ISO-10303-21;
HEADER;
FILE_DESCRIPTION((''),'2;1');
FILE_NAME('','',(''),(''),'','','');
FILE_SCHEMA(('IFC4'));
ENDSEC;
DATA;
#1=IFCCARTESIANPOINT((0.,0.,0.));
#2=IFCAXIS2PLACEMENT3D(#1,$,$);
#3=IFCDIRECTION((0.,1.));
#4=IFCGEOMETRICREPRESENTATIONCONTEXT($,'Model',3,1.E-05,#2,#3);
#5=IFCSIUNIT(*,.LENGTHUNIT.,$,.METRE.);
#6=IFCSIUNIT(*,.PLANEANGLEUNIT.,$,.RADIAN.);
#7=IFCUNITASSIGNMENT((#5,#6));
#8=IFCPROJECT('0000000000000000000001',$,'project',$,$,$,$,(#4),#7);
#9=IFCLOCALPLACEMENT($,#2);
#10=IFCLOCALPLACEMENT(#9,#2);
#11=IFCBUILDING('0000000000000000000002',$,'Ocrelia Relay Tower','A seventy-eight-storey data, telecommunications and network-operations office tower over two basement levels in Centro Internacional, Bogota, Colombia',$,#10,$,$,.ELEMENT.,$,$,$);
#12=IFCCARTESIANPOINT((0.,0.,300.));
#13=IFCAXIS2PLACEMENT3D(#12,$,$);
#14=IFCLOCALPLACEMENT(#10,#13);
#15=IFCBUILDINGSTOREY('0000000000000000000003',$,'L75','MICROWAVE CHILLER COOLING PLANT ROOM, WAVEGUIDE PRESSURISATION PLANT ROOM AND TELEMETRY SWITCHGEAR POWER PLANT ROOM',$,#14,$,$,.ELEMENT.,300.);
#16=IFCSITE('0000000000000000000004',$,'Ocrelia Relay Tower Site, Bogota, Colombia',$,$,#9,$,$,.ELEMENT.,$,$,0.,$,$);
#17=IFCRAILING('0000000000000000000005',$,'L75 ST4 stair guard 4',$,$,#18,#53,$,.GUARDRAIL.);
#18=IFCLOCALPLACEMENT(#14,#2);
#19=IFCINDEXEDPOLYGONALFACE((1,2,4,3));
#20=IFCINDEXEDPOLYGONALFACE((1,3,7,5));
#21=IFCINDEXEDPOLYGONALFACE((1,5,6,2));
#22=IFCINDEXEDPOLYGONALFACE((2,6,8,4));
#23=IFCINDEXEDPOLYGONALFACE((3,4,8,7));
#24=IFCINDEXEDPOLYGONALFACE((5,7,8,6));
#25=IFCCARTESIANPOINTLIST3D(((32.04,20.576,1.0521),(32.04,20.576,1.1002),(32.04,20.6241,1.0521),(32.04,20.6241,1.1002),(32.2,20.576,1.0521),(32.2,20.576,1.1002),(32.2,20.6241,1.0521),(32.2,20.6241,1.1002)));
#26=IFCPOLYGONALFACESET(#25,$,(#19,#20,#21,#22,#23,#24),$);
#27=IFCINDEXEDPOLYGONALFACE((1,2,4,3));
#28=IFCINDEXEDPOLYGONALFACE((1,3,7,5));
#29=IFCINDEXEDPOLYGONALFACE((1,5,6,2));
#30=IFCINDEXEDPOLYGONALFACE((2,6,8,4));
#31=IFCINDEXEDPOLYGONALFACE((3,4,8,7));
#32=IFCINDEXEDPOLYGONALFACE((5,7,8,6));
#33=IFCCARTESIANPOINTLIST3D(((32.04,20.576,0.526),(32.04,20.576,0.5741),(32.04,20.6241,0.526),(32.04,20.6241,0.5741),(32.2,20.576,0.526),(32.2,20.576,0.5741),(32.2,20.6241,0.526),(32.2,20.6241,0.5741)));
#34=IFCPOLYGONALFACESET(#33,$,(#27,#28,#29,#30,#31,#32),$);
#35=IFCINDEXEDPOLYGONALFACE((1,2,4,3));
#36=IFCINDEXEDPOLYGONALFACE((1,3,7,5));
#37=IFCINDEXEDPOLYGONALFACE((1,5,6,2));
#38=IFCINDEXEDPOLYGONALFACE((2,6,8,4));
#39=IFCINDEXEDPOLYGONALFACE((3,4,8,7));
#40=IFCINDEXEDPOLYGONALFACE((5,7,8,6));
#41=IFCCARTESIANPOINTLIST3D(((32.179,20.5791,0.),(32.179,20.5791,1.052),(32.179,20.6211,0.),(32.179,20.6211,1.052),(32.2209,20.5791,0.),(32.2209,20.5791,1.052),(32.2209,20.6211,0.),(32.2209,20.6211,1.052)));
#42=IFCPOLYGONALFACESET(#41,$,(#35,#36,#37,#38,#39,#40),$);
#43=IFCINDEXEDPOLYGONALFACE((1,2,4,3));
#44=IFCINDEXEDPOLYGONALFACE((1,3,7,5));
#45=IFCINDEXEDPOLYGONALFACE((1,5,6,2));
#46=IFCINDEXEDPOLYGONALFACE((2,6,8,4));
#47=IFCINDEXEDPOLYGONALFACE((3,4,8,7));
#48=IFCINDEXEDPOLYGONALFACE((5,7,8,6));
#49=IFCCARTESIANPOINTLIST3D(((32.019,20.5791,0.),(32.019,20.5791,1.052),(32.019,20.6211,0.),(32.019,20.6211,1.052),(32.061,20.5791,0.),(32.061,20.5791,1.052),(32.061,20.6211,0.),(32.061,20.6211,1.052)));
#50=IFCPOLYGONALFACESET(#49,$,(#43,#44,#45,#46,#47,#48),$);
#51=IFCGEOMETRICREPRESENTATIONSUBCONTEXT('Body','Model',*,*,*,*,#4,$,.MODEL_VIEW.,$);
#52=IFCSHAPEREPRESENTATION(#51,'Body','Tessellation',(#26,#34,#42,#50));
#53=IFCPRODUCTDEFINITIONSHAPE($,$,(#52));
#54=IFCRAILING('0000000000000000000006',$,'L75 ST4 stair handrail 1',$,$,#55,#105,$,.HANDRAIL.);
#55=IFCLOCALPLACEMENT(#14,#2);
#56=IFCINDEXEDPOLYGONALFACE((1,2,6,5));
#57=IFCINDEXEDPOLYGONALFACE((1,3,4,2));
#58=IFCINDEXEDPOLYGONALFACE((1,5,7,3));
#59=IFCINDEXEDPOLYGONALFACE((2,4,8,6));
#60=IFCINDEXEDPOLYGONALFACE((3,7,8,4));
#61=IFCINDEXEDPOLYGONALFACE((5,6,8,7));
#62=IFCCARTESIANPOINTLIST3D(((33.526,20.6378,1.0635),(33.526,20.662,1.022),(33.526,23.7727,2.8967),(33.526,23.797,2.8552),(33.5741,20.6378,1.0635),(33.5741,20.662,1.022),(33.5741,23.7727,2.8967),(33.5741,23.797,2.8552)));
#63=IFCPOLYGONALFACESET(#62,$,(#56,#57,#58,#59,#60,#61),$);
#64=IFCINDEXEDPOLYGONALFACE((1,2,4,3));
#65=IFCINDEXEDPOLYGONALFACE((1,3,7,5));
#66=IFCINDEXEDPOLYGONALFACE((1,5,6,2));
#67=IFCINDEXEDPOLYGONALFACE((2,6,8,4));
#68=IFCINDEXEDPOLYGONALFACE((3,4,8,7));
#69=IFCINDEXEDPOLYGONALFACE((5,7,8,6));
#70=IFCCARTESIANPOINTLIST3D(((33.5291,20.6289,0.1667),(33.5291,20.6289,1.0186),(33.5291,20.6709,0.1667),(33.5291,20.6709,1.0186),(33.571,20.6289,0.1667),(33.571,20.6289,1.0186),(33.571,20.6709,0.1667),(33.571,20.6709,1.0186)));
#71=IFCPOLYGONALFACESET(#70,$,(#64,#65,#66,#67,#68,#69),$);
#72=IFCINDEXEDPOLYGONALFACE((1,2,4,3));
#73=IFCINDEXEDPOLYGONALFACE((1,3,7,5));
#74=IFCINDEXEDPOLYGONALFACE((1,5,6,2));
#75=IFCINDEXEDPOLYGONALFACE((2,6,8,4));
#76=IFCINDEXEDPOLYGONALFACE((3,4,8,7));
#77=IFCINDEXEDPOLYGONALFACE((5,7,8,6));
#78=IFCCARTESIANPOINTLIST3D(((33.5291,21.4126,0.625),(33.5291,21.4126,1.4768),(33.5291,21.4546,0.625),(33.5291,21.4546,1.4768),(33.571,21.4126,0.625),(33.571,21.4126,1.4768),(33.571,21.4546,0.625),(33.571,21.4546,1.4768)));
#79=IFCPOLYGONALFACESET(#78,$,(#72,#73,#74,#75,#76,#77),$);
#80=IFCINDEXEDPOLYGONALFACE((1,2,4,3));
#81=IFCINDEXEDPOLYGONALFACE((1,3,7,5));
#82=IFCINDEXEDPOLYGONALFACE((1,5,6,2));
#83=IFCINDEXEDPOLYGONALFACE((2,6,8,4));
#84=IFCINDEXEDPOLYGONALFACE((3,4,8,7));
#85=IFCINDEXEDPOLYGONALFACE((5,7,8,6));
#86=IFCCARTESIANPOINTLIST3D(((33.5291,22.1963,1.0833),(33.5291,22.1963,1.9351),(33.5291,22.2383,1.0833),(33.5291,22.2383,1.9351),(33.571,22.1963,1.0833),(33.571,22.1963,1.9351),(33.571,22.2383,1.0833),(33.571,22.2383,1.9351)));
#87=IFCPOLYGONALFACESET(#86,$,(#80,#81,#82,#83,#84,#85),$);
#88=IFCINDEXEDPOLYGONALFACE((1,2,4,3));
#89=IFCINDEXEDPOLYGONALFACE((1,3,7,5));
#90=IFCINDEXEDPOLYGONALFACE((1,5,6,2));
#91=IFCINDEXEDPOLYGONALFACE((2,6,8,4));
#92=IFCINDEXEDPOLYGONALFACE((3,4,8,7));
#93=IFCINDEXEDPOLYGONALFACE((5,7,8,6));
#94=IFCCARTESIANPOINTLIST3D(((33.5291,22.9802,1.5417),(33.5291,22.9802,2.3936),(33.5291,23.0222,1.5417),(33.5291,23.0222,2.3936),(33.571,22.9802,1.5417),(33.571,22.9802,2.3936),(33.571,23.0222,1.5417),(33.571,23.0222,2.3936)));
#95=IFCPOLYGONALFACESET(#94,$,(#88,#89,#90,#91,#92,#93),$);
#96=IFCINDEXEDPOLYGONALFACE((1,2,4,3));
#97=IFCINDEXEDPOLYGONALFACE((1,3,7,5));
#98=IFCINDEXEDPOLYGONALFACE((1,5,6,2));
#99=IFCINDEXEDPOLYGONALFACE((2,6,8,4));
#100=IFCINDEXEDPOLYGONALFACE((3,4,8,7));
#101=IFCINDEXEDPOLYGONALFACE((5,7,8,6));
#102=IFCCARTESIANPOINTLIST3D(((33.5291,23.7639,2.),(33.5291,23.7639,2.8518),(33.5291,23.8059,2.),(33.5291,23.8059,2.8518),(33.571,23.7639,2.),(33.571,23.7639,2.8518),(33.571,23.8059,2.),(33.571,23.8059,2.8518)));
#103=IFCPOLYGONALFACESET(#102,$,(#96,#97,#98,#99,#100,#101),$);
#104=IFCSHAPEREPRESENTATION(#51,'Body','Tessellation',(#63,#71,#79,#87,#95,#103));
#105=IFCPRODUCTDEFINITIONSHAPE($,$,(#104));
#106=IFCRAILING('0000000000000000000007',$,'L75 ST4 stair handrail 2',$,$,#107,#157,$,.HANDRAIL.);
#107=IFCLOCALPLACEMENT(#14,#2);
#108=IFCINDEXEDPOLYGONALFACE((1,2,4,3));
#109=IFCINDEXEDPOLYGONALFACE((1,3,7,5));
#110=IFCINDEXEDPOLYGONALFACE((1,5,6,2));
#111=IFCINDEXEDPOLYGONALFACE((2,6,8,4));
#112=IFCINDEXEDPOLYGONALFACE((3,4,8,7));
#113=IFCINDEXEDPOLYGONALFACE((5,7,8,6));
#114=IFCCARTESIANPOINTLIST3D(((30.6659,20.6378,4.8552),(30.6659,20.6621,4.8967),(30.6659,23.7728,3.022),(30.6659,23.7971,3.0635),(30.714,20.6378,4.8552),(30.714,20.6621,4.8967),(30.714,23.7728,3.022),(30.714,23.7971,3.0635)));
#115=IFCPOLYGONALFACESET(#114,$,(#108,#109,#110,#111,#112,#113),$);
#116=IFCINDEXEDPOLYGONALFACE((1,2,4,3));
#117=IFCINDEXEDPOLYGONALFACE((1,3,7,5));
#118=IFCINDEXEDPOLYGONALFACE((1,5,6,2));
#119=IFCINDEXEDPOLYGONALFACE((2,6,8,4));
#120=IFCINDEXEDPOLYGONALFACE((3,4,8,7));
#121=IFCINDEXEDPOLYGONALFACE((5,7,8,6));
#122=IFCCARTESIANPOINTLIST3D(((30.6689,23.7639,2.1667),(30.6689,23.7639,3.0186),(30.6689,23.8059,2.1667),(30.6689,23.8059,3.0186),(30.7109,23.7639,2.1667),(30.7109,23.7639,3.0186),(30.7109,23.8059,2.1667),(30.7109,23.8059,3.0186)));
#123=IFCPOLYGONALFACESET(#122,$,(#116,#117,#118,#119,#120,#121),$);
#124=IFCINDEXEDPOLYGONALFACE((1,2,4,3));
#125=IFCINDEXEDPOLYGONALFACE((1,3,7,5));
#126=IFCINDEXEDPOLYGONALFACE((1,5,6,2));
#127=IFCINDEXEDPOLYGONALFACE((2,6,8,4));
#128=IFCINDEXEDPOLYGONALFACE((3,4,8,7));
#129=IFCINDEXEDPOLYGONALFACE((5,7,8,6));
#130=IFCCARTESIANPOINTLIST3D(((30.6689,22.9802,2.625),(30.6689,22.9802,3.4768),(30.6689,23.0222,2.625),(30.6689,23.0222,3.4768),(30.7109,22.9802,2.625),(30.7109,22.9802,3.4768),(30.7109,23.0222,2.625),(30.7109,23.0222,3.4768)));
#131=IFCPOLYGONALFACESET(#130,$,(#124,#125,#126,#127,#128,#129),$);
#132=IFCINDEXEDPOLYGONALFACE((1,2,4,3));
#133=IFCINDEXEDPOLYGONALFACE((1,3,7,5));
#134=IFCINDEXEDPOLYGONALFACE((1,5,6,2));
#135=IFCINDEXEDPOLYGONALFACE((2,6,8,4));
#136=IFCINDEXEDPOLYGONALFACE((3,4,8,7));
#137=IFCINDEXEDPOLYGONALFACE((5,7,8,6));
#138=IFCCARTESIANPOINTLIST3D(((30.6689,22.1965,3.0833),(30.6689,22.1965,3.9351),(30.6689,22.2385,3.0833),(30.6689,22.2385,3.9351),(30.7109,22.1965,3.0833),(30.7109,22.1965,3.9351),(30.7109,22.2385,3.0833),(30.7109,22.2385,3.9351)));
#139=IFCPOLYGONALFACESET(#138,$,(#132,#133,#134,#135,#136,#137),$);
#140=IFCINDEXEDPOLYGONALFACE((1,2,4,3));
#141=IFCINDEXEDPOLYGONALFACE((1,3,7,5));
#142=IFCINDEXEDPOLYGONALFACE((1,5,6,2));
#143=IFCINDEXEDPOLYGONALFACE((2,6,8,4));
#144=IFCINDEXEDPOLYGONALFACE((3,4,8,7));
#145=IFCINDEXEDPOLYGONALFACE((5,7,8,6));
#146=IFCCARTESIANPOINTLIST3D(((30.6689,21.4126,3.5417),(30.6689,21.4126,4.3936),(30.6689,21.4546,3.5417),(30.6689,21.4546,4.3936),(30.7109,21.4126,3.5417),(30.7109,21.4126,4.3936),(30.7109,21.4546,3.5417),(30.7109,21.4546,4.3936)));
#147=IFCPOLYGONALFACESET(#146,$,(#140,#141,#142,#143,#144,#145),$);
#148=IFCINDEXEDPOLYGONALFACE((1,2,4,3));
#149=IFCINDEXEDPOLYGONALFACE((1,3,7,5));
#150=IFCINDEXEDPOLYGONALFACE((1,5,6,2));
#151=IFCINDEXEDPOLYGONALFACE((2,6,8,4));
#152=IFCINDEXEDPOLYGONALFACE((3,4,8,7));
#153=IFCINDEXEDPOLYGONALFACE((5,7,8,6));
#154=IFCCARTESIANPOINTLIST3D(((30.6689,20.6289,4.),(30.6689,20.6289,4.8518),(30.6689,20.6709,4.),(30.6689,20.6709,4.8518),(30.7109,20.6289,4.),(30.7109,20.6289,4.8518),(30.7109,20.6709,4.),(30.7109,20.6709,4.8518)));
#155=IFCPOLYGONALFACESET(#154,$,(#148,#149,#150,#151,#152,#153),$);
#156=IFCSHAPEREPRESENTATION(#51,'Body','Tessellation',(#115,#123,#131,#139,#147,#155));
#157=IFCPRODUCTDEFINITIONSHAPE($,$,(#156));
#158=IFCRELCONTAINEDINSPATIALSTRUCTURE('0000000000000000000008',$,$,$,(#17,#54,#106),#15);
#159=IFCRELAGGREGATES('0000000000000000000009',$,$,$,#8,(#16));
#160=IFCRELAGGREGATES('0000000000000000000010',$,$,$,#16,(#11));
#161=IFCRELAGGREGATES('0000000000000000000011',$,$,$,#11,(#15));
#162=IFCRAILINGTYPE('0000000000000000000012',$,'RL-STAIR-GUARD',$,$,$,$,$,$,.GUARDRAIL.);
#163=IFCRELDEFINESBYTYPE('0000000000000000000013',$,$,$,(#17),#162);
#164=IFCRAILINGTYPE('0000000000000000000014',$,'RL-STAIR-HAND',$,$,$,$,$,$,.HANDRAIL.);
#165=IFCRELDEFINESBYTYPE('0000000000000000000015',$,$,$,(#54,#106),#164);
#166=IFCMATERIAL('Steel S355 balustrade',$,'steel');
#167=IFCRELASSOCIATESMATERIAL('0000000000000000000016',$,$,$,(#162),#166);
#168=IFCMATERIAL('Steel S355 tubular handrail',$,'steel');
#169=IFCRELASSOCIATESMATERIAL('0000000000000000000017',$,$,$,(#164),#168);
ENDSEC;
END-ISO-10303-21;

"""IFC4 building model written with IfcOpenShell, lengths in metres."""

from ifc_helpers import new_model, si_unit, direction, frame, origin, origin_2d, place, context, subcontext, project, spatial, rectangle, extrude, material, type_object, element, save


model = new_model("IFC4")

# Units and contexts
model_context = context("Model", 3, precision=1e-05, world=origin(), true_north=direction((0.0, 1.0)))
body_context = subcontext(model_context, "Body", "Model", "MODEL_VIEW")
ifc_project = project(units=[si_unit("LENGTHUNIT", "METRE"), si_unit("PLANEANGLEUNIT", "RADIAN")], contexts=[model_context])

# Site, building, storey
site_placement = place(None, origin())
site = spatial("IfcSite", under=ifc_project, at=site_placement, Name="Ocrelia Relay Tower Site, Bogota, Colombia", CompositionType="ELEMENT", RefElevation=0.0)
building_placement = place(site_placement, origin())
building = spatial("IfcBuilding", under=site, at=building_placement, Name="Ocrelia Relay Tower", Description="A seventy-eight-storey data, telecommunications and network-operations office tower over two basement levels in Centro Internacional, Bogota, Colombia", CompositionType="ELEMENT")
storey_placement = place(building_placement, frame((0.0, 0.0, 300.0)))
storey = spatial("IfcBuildingStorey", under=building, at=storey_placement, Name="L75", Description="MICROWAVE CHILLER COOLING PLANT ROOM, WAVEGUIDE PRESSURISATION PLANT ROOM AND TELEMETRY SWITCHGEAR POWER PLANT ROOM", CompositionType="ELEMENT", Elevation=300.0)

# Railings
ifc_material_1 = material(Name="Steel S355 balustrade", Category="steel")
railing_type_1 = type_object("IfcRailingType", Name="RL-STAIR-GUARD", PredefinedType="GUARDRAIL", material=ifc_material_1)
railing_1_placement = place(storey_placement, frame((32.2, 20.6001, 0.0)))
element("IfcRailing", 1, at=railing_1_placement, inside=storey, type_object=railing_type_1, Name="L75 ST4 stair guard 4", PredefinedType="GUARDRAIL", context=body_context, shape_type="SweptSolid", body=[
    extrude(rectangle(XDim=0.0481, YDim=0.0481, at=origin_2d()), frame((0.0, 0.0, 1.0762), z_axis=(-1.0, 0.0, 0.0), x_axis=(0.0, -1.0, 0.0)), (0.0, 0.0, 1.0), 0.1599),
    extrude(rectangle(XDim=0.0481, YDim=0.0481, at=origin_2d()), frame((0.0, 0.0, 0.55), z_axis=(-1.0, 0.0, 0.0), x_axis=(0.0, -1.0, 0.0)), (0.0, 0.0, 1.0), 0.1599),
    extrude(rectangle(XDim=0.042, YDim=0.042, at=origin_2d()), origin(), (0.0, 0.0, 1.0), 1.052),
    extrude(rectangle(XDim=0.042, YDim=0.042, at=origin_2d()), frame((-0.1599, 0.0, 0.0)), (0.0, 0.0, 1.0), 1.052),
])
ifc_material_2 = material(Name="Steel S355 tubular handrail", Category="steel")
railing_type_2 = type_object("IfcRailingType", Name="RL-STAIR-HAND", PredefinedType="HANDRAIL", material=ifc_material_2)
railing_2_placement = place(storey_placement, frame((33.55, 20.6499, 0.1667)))
element("IfcRailing", 2, at=railing_2_placement, inside=storey, type_object=railing_type_2, Name="L75 ST4 stair handrail 1", PredefinedType="HANDRAIL", context=body_context, shape_type="SweptSolid", body=[
    extrude(rectangle(XDim=0.0481, YDim=0.0481, at=origin_2d()), frame((0.0, 0.0, 0.876), z_axis=(0.0, 0.86324, 0.504794), x_axis=(-1.0, 0.0, 0.0)), (0.0, 0.0, 1.0), 3.6316),
    extrude(rectangle(XDim=0.042, YDim=0.042, at=origin_2d()), origin(), (0.0, 0.0, 1.0), 0.8518),
    extrude(rectangle(XDim=0.042, YDim=0.042, at=origin_2d()), frame((0.0, 0.7837, 0.4583)), (0.0, 0.0, 1.0), 0.8518),
    extrude(rectangle(XDim=0.042, YDim=0.042, at=origin_2d()), frame((0.0, 1.5674, 0.9165)), (0.0, 0.0, 1.0), 0.8518),
    extrude(rectangle(XDim=0.042, YDim=0.042, at=origin_2d()), frame((0.0, 2.3513, 1.375)), (0.0, 0.0, 1.0), 0.8518),
    extrude(rectangle(XDim=0.042, YDim=0.042, at=origin_2d()), frame((0.0, 3.135, 1.8333)), (0.0, 0.0, 1.0), 0.8518),
])
railing_3_placement = place(storey_placement, frame((30.6899, 23.7849, 2.1667)))
element("IfcRailing", 3, at=railing_3_placement, inside=storey, type_object=railing_type_2, Name="L75 ST4 stair handrail 2", PredefinedType="HANDRAIL", context=body_context, shape_type="SweptSolid", body=[
    extrude(rectangle(XDim=0.0481, YDim=0.0481, at=origin_2d()), frame((0.0, 0.0, 0.876), z_axis=(0.0, -0.86324, 0.504794), x_axis=(1.0, 0.0, 0.0)), (0.0, 0.0, 1.0), 3.6316),
    extrude(rectangle(XDim=0.042, YDim=0.042, at=origin_2d()), origin(), (0.0, 0.0, 1.0), 0.8518),
    extrude(rectangle(XDim=0.042, YDim=0.042, at=origin_2d()), frame((0.0, -0.7837, 0.4583)), (0.0, 0.0, 1.0), 0.8518),
    extrude(rectangle(XDim=0.042, YDim=0.042, at=origin_2d()), frame((0.0, -1.5674, 0.9165)), (0.0, 0.0, 1.0), 0.8518),
    extrude(rectangle(XDim=0.042, YDim=0.042, at=origin_2d()), frame((0.0, -2.3513, 1.375)), (0.0, 0.0, 1.0), 0.8518),
    extrude(rectangle(XDim=0.042, YDim=0.042, at=origin_2d()), frame((0.0, -3.135, 1.8333)), (0.0, 0.0, 1.0), 0.8518),
])

save(model, "model.ifc")
